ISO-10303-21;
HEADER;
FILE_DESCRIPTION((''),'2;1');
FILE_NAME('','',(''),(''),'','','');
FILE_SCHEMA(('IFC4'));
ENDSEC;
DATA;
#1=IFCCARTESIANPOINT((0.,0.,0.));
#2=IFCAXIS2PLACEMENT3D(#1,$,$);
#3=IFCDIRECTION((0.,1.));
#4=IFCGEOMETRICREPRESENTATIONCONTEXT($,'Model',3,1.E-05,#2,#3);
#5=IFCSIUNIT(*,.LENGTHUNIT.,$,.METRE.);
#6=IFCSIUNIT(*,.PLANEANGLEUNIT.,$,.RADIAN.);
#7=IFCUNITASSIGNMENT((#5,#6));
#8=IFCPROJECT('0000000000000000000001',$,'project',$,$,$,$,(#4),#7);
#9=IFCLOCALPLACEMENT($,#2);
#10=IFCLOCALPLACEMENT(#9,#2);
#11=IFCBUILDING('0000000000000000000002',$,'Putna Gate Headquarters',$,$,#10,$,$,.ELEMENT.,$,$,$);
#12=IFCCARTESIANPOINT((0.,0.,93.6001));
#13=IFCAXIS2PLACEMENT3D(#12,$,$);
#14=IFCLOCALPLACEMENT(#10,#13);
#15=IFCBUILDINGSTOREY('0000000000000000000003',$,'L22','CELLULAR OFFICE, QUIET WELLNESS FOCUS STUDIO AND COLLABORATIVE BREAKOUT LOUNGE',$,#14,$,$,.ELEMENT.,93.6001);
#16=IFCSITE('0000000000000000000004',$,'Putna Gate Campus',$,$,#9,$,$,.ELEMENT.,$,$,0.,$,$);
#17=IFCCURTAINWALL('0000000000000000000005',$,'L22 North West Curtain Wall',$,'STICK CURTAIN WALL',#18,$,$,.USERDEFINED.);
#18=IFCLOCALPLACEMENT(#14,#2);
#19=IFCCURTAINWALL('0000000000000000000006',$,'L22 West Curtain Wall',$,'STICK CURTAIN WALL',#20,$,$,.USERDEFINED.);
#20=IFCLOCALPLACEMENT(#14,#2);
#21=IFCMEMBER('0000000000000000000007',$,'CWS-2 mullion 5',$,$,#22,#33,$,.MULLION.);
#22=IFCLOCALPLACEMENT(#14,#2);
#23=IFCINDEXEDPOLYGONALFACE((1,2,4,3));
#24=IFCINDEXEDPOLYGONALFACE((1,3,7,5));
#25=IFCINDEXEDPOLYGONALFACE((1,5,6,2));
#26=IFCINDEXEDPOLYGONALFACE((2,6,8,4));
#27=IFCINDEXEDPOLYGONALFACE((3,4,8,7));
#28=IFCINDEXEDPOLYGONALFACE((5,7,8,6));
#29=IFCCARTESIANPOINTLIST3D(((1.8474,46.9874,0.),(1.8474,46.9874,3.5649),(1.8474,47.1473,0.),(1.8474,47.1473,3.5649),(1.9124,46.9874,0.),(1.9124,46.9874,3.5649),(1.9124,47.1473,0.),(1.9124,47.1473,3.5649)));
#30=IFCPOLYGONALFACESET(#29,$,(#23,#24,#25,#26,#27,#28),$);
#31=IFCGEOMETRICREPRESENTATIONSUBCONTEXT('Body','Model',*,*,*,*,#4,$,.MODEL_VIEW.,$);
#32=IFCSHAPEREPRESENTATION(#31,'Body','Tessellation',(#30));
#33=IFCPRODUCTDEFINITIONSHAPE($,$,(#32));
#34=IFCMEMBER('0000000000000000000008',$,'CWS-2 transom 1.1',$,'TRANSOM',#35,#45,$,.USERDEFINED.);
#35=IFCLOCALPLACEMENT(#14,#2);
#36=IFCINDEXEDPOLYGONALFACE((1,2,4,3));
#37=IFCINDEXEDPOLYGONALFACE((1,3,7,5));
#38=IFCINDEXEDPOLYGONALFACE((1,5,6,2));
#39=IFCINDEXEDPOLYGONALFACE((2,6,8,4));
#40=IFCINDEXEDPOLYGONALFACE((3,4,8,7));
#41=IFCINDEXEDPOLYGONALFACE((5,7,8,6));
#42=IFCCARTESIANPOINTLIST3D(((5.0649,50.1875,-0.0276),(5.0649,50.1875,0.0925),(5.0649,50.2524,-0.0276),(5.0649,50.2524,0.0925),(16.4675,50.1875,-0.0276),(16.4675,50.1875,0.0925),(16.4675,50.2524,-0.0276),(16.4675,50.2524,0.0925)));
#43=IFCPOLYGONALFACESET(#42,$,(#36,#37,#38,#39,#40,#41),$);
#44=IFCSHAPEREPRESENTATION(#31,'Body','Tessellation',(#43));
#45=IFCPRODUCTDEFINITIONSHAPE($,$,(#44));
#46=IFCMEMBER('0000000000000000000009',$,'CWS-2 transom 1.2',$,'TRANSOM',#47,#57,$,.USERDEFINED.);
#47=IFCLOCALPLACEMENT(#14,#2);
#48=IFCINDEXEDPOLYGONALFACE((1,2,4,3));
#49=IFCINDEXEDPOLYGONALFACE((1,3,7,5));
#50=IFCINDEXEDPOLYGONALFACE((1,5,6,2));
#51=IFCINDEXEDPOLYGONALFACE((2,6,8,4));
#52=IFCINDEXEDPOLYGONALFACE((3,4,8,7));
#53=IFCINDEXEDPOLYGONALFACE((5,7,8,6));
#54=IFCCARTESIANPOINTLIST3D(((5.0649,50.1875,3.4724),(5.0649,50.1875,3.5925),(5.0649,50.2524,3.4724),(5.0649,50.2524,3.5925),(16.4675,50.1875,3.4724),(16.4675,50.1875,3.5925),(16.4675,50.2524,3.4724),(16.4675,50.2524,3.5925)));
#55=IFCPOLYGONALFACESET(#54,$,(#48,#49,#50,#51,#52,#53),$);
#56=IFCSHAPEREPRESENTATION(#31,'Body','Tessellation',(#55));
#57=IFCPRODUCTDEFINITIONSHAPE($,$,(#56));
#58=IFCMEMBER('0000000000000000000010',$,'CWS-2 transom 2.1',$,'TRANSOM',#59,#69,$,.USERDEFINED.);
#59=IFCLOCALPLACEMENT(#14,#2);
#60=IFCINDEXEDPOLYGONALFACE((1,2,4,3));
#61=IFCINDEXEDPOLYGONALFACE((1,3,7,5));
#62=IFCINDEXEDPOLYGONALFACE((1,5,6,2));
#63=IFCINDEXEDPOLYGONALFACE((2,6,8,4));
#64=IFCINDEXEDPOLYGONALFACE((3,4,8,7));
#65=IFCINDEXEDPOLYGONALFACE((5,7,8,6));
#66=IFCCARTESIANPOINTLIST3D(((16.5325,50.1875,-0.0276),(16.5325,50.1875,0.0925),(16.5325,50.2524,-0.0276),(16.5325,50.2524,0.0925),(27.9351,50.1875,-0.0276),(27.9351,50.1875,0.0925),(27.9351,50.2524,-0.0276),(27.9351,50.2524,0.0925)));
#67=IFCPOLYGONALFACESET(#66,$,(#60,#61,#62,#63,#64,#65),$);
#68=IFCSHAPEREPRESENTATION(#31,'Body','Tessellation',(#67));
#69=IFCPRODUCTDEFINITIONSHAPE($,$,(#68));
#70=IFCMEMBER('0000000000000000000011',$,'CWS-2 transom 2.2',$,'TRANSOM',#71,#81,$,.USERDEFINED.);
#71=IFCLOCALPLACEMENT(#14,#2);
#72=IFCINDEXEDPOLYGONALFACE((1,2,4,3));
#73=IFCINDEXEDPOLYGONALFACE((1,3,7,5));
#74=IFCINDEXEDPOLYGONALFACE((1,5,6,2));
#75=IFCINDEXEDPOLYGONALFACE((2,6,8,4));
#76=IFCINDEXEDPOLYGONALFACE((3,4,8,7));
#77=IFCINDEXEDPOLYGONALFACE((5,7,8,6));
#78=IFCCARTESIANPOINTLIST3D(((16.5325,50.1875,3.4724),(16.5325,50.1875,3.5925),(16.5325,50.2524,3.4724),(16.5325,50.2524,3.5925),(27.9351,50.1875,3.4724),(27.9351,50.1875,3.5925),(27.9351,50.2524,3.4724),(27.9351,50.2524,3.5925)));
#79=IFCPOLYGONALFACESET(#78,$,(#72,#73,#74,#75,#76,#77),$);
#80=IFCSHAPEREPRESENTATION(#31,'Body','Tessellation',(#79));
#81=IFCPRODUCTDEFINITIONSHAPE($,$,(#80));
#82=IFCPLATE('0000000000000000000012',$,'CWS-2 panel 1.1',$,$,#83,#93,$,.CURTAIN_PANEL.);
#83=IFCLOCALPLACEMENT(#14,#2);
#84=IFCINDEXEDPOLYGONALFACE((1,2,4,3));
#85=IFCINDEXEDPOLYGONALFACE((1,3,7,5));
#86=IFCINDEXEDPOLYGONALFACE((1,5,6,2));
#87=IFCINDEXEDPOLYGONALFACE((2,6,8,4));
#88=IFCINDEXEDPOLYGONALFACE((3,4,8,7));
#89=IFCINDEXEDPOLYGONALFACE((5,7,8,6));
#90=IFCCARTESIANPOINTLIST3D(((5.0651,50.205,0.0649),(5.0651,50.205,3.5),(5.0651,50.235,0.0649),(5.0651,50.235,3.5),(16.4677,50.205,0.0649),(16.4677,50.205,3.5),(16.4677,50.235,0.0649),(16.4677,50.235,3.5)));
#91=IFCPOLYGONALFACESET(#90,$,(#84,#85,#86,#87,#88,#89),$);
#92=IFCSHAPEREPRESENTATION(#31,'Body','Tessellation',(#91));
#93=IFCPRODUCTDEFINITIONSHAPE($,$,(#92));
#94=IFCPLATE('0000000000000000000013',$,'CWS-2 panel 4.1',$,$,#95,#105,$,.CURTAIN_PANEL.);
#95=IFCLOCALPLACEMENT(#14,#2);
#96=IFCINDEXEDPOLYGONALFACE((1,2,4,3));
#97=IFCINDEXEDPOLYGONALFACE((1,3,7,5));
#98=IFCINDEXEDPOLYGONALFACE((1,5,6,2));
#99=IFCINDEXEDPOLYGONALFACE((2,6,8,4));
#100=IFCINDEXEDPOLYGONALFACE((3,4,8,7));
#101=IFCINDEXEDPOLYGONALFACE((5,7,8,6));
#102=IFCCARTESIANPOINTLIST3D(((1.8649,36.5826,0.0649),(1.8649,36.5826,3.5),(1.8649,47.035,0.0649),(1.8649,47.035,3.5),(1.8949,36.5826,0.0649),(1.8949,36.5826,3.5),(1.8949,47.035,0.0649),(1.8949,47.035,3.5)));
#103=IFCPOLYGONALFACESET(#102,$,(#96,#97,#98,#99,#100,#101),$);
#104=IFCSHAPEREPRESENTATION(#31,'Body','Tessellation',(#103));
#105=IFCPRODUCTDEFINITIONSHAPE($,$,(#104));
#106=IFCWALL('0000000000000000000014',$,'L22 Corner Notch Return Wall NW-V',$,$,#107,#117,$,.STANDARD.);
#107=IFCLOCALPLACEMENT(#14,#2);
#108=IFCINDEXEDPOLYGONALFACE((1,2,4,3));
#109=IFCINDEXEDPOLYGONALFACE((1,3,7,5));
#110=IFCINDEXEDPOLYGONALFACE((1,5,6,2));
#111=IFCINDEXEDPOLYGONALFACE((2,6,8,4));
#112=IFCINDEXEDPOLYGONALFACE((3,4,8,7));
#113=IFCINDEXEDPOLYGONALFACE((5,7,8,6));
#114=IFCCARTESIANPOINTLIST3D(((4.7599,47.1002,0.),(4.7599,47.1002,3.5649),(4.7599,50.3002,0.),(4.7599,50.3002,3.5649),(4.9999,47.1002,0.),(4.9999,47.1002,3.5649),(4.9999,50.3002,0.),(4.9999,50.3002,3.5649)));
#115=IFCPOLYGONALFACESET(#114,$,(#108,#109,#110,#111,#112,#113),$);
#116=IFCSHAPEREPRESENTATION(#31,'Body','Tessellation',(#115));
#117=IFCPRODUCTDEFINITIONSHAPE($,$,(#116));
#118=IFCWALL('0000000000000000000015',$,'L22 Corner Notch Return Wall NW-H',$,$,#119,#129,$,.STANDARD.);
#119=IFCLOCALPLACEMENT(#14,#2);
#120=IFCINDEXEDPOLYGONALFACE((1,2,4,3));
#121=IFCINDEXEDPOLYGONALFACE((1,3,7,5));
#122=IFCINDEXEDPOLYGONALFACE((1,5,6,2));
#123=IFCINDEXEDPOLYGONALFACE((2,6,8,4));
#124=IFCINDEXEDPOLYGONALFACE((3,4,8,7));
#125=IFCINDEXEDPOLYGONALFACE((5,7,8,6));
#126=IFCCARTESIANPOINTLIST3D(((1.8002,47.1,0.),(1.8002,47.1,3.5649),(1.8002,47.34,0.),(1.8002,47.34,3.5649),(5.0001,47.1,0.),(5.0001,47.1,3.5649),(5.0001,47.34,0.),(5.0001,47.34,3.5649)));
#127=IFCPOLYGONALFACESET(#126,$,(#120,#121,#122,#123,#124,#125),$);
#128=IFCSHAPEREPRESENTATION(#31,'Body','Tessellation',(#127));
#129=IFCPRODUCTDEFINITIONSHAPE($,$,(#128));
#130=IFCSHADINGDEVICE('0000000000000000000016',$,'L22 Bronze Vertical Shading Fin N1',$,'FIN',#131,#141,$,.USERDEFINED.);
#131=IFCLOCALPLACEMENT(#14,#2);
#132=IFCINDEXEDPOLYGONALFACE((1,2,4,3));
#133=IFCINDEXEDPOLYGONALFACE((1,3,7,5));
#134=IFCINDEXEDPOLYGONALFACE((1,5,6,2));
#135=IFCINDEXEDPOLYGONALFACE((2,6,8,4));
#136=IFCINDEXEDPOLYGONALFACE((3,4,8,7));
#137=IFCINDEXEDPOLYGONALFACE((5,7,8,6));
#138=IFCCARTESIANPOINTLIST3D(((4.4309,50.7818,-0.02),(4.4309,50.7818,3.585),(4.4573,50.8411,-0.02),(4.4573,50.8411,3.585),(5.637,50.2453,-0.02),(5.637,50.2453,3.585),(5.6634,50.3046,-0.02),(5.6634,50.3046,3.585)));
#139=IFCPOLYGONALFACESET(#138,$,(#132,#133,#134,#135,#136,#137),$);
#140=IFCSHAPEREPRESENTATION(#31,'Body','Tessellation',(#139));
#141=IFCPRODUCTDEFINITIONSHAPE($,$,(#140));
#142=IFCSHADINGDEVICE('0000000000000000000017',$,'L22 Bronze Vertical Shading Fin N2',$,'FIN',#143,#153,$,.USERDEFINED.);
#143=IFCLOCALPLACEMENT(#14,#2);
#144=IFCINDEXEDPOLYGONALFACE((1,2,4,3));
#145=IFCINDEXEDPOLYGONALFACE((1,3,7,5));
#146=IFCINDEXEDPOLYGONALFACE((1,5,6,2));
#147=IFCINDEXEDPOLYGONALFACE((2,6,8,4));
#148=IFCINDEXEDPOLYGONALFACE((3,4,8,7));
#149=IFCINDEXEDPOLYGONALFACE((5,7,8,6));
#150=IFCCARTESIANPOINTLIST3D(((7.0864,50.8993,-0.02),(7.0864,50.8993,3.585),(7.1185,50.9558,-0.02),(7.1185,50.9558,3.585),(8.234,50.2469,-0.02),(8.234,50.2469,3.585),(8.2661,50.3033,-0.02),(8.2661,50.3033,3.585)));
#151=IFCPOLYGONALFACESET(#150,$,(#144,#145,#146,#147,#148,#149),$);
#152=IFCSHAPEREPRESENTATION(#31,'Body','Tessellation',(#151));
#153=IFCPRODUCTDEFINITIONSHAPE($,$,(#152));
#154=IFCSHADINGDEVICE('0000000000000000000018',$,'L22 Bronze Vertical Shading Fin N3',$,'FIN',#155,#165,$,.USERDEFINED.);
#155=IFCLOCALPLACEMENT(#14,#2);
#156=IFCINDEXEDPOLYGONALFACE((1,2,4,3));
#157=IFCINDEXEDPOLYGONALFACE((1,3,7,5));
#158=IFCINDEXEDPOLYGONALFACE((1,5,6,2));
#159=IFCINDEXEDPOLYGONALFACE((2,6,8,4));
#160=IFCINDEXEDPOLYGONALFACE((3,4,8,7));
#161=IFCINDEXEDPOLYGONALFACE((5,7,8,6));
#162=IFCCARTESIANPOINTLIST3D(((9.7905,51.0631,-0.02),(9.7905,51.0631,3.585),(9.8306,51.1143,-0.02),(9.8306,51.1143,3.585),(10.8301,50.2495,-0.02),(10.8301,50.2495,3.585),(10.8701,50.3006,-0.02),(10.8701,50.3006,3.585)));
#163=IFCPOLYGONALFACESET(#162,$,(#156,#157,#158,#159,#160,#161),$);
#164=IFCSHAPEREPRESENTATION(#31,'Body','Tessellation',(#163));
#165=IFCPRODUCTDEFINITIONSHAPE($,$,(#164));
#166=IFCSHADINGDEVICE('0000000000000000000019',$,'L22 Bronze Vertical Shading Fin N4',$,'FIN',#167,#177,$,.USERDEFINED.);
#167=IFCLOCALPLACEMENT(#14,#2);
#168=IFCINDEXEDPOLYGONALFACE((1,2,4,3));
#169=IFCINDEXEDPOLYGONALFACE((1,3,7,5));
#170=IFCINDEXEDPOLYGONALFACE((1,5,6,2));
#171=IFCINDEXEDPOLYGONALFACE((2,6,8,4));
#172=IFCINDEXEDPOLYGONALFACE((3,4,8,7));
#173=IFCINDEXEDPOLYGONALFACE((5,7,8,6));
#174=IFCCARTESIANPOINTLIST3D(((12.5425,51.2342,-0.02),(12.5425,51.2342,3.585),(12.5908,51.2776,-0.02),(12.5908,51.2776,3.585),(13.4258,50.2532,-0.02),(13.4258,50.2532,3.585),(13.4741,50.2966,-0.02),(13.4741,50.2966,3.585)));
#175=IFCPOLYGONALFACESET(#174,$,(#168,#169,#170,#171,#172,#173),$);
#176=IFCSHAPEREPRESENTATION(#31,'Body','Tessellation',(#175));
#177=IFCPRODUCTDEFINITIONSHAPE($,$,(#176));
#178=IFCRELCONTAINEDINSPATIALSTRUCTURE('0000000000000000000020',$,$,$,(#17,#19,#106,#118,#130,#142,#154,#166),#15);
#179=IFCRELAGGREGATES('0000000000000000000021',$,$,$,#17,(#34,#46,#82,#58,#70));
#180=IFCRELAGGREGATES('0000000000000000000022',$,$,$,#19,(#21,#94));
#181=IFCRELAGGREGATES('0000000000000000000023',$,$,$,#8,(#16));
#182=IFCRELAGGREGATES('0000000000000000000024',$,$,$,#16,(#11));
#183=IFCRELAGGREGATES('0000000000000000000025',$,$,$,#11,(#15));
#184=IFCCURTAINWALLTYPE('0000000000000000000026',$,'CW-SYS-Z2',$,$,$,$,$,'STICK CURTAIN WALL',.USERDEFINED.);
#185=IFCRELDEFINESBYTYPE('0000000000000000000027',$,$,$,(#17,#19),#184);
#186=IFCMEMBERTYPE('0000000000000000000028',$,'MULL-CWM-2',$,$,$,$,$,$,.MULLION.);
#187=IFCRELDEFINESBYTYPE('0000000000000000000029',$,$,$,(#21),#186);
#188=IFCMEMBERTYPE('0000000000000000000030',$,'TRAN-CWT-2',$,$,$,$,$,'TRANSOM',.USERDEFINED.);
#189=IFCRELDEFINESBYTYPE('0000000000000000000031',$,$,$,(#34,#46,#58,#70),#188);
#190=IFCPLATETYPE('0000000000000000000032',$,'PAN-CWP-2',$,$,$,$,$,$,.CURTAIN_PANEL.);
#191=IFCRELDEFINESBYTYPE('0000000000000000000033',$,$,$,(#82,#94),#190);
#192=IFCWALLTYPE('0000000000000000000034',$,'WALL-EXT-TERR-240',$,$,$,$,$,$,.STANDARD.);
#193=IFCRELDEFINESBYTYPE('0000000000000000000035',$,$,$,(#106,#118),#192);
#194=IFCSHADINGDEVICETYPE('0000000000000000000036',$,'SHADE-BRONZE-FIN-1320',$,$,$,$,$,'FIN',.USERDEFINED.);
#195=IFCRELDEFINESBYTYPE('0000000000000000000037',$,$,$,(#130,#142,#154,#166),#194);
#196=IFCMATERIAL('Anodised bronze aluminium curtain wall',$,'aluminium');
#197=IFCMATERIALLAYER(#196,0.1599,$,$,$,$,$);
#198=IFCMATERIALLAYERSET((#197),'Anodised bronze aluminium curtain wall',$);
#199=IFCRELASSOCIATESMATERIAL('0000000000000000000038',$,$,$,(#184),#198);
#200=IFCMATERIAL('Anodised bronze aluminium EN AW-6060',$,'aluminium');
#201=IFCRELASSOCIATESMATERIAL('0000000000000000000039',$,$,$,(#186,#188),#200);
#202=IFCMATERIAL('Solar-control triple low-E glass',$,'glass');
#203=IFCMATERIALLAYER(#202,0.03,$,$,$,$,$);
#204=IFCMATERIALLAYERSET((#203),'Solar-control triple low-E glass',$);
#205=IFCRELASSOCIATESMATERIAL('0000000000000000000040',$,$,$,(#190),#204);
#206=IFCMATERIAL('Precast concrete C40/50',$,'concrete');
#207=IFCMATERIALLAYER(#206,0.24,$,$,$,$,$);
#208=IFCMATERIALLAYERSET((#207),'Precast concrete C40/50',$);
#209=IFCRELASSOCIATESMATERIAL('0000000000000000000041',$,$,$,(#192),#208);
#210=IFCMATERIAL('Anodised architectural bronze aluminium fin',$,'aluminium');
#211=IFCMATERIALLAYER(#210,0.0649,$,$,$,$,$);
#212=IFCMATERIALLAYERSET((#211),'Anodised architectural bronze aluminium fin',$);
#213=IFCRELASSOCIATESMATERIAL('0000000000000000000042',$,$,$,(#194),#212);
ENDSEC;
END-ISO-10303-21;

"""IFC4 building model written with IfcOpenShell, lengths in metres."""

from ifc_helpers import new_model, si_unit, direction, frame, frame_2d, origin, origin_2d, place, context, subcontext, project, spatial, rectangle, extrude, material, layer, layer_set, material_profile, profile_set, type_object, element, aggregate, save


model = new_model("IFC4")

# Units and contexts
model_context = context("Model", 3, precision=1e-05, world=origin(), true_north=direction((0.0, 1.0)))
body_context = subcontext(model_context, "Body", "Model", "MODEL_VIEW")
ifc_project = project(units=[si_unit("LENGTHUNIT", "METRE"), si_unit("PLANEANGLEUNIT", "RADIAN")], contexts=[model_context])

# Site, building, storey
site_placement = place(None, origin())
site = spatial("IfcSite", under=ifc_project, at=site_placement, Name="Putna Gate Campus", CompositionType="ELEMENT", RefElevation=0.0)
building_placement = place(site_placement, origin())
building = spatial("IfcBuilding", under=site, at=building_placement, Name="Putna Gate Headquarters", CompositionType="ELEMENT")
storey_placement = place(building_placement, frame((0.0, 0.0, 93.6001)))
storey = spatial("IfcBuildingStorey", under=building, at=storey_placement, Name="L22", Description="CELLULAR OFFICE, QUIET WELLNESS FOCUS STUDIO AND COLLABORATIVE BREAKOUT LOUNGE", CompositionType="ELEMENT", Elevation=93.6001)

# Curtain wall
ifc_material_1 = material(Name="Anodised bronze aluminium curtain wall", Category="aluminium")
ifc_layer_1 = layer(ifc_material_1, 0.1599)
ifc_layer_set_1 = layer_set([ifc_layer_1], Name="Anodised bronze aluminium curtain wall")
curtain_wall_type = type_object("IfcCurtainWallType", Name="CW-SYS-Z2", ElementType="STICK CURTAIN WALL", PredefinedType="USERDEFINED", material=ifc_layer_set_1)
curtain_wall_1_placement = place(storey_placement, origin())
curtain_wall_1 = element("IfcCurtainWall", 1, at=curtain_wall_1_placement, inside=storey, type_object=curtain_wall_type, Name="L22 North West Curtain Wall", ObjectType="STICK CURTAIN WALL", PredefinedType="USERDEFINED")
ifc_material_2 = material(Name="Anodised bronze aluminium EN AW-6060", Category="aluminium")
ifc_material_profile_1 = material_profile(ifc_material_2, rectangle(XDim=0.0649, YDim=0.1599, at=origin_2d()), Name="Anodised bronze aluminium EN AW-6060")
ifc_profile_set_1 = profile_set([ifc_material_profile_1], Name="Anodised bronze aluminium EN AW-6060")
member_type_1 = type_object("IfcMemberType", Name="MULL-CWM-2", PredefinedType="MULLION", material=ifc_profile_set_1)

# Curtain wall, member
curtain_wall_2_placement = place(storey_placement, origin())
curtain_wall_2 = element("IfcCurtainWall", 2, at=curtain_wall_2_placement, inside=storey, type_object=curtain_wall_type, Name="L22 West Curtain Wall", ObjectType="STICK CURTAIN WALL", PredefinedType="USERDEFINED")
member_1_placement = place(storey_placement, frame((1.8799, 47.0674, 0.0), z_axis=(0.0, 0.0, 1.0), x_axis=(-1.0, 0.0, 0.0)))
member_1 = element("IfcMember", 3, at=member_1_placement, type_object=member_type_1, Name="CWS-2 mullion 5", PredefinedType="MULLION", context=body_context, shape_type="SweptSolid", body=[
    extrude(rectangle(XDim=0.0649, YDim=0.1599, at=origin_2d()), origin(), (0.0, 0.0, 1.0), 3.5649),
])

# Members
ifc_material_profile_2 = material_profile(ifc_material_2, rectangle(XDim=0.0649, YDim=0.1201, at=origin_2d()), Name="Anodised bronze aluminium EN AW-6060")
ifc_profile_set_2 = profile_set([ifc_material_profile_2], Name="Anodised bronze aluminium EN AW-6060")
member_type_2 = type_object("IfcMemberType", Name="TRAN-CWT-2", ElementType="TRANSOM", PredefinedType="USERDEFINED", material=ifc_profile_set_2)
member_2_placement = place(storey_placement, frame((5.0649, 50.22, 0.0325), z_axis=(1.0, 0.0, 0.0), x_axis=(0.0, 1.0, 0.0)))
member_2 = element("IfcMember", 4, at=member_2_placement, type_object=member_type_2, Name="CWS-2 transom 1.1", ObjectType="TRANSOM", PredefinedType="USERDEFINED", context=body_context, shape_type="SweptSolid", body=[
    extrude(rectangle(XDim=0.0649, YDim=0.1201, at=origin_2d()), origin(), (0.0, 0.0, 1.0), 11.4026),
])
member_3_placement = place(storey_placement, frame((5.0649, 50.22, 3.5325), z_axis=(1.0, 0.0, 0.0), x_axis=(0.0, 1.0, 0.0)))
member_3 = element("IfcMember", 5, at=member_3_placement, type_object=member_type_2, Name="CWS-2 transom 1.2", ObjectType="TRANSOM", PredefinedType="USERDEFINED", context=body_context, shape_type="SweptSolid", body=[
    extrude(rectangle(XDim=0.0649, YDim=0.1201, at=origin_2d()), origin(), (0.0, 0.0, 1.0), 11.4026),
])
member_4_placement = place(storey_placement, frame((16.5325, 50.22, 0.0325), z_axis=(1.0, 0.0, 0.0), x_axis=(0.0, 1.0, 0.0)))
member_4 = element("IfcMember", 6, at=member_4_placement, type_object=member_type_2, Name="CWS-2 transom 2.1", ObjectType="TRANSOM", PredefinedType="USERDEFINED", context=body_context, shape_type="SweptSolid", body=[
    extrude(rectangle(XDim=0.0649, YDim=0.1201, at=origin_2d()), origin(), (0.0, 0.0, 1.0), 11.4026),
])
member_5_placement = place(storey_placement, frame((16.5325, 50.22, 3.5325), z_axis=(1.0, 0.0, 0.0), x_axis=(0.0, 1.0, 0.0)))
member_5 = element("IfcMember", 7, at=member_5_placement, type_object=member_type_2, Name="CWS-2 transom 2.2", ObjectType="TRANSOM", PredefinedType="USERDEFINED", context=body_context, shape_type="SweptSolid", body=[
    extrude(rectangle(XDim=0.0649, YDim=0.1201, at=origin_2d()), origin(), (0.0, 0.0, 1.0), 11.4026),
])

# Plates
ifc_material_3 = material(Name="Solar-control triple low-E glass", Category="glass")
ifc_layer_2 = layer(ifc_material_3, 0.03)
ifc_layer_set_2 = layer_set([ifc_layer_2], Name="Solar-control triple low-E glass")
plate_type = type_object("IfcPlateType", Name="PAN-CWP-2", PredefinedType="CURTAIN_PANEL", material=ifc_layer_set_2)
plate_1_placement = place(storey_placement, frame((10.7664, 50.22, 0.0649), z_axis=(0.0, 0.0, 1.0), x_axis=(1.0, 0.0, 0.0)))
plate_1 = element("IfcPlate", 8, at=plate_1_placement, type_object=plate_type, Name="CWS-2 panel 1.1", PredefinedType="CURTAIN_PANEL", context=body_context, shape_type="SweptSolid", body=[
    extrude(rectangle(XDim=11.4026, YDim=0.03, at=origin_2d()), origin(), (0.0, 0.0, 1.0), 3.4351),
])
aggregate(curtain_wall_1, [member_2, member_3, plate_1, member_4, member_5])
plate_2_placement = place(storey_placement, frame((1.8799, 41.8088, 0.0649), z_axis=(0.0, 0.0, 1.0), x_axis=(0.0, 1.0, 0.0)))
plate_2 = element("IfcPlate", 9, at=plate_2_placement, type_object=plate_type, Name="CWS-2 panel 4.1", PredefinedType="CURTAIN_PANEL", context=body_context, shape_type="SweptSolid", body=[
    extrude(rectangle(XDim=10.4524, YDim=0.03, at=origin_2d()), origin(), (0.0, 0.0, 1.0), 3.4351),
])
aggregate(curtain_wall_2, [member_1, plate_2])

# Walls
ifc_material_4 = material(Name="Precast concrete C40/50", Category="concrete")
ifc_layer_3 = layer(ifc_material_4, 0.24)
ifc_layer_set_3 = layer_set([ifc_layer_3], Name="Precast concrete C40/50")
wall_type = type_object("IfcWallType", Name="WALL-EXT-TERR-240", PredefinedType="STANDARD", material=ifc_layer_set_3)
for number, where, z_axis, x_axis, name in (
    (10, (4.8799, 47.1001, 0.0), (0.0, 0.0, 1.0), (0.0, 1.0, 0.0), "L22 Corner Notch Return Wall NW-V"),
    (11, (1.8, 47.22, 0.0), (0.0, 0.0, 1.0), (1.0, 0.0, 0.0), "L22 Corner Notch Return Wall NW-H"),
):
    element("IfcWall", number, at=place(storey_placement, frame(where, z_axis=z_axis, x_axis=x_axis)), inside=storey, type_object=wall_type, Name=name, PredefinedType="STANDARD", context=body_context, shape_type="SweptSolid", body=[
        extrude(rectangle(XDim=3.2, YDim=0.24, at=frame_2d((1.6001, 0.0))), origin(), (0.0, 0.0, 1.0), 3.5649),
    ])

# Shading devices
ifc_material_5 = material(Name="Anodised architectural bronze aluminium fin", Category="aluminium")
ifc_layer_4 = layer(ifc_material_5, 0.0649)
ifc_layer_set_4 = layer_set([ifc_layer_4], Name="Anodised architectural bronze aluminium fin")
shading_device_type = type_object("IfcShadingDeviceType", Name="SHADE-BRONZE-FIN-1320", ElementType="FIN", PredefinedType="USERDEFINED", material=ifc_layer_set_4)
for number, where, z_axis, x_axis, name in (
    (12, (5.0471, 50.5432, -0.02), (0.0, 0.0, 1.0), (-0.913687, 0.406418, 0.0), "L22 Bronze Vertical Shading Fin N1"),
    (13, (7.6763, 50.6013, -0.02), (0.0, 0.0, 1.0), (-0.869322, 0.494245, 0.0), "L22 Bronze Vertical Shading Fin N2"),
    (14, (10.3303, 50.6819, -0.02), (0.0, 0.0, 1.0), (-0.787473, 0.616349, 0.0), "L22 Bronze Vertical Shading Fin N3"),
    (15, (13.0083, 50.7654, -0.02), (0.0, 0.0, 1.0), (-0.669131, 0.743145, 0.0), "L22 Bronze Vertical Shading Fin N4"),
):
    element("IfcShadingDevice", number, at=place(storey_placement, frame(where, z_axis=z_axis, x_axis=x_axis)), inside=storey, type_object=shading_device_type, Name=name, ObjectType="FIN", PredefinedType="USERDEFINED", context=body_context, shape_type="SweptSolid", body=[
        extrude(rectangle(XDim=1.3201, YDim=0.0649, at=origin_2d()), origin(), (0.0, 0.0, 1.0), 3.605),
    ])

save(model, "model.ifc")
